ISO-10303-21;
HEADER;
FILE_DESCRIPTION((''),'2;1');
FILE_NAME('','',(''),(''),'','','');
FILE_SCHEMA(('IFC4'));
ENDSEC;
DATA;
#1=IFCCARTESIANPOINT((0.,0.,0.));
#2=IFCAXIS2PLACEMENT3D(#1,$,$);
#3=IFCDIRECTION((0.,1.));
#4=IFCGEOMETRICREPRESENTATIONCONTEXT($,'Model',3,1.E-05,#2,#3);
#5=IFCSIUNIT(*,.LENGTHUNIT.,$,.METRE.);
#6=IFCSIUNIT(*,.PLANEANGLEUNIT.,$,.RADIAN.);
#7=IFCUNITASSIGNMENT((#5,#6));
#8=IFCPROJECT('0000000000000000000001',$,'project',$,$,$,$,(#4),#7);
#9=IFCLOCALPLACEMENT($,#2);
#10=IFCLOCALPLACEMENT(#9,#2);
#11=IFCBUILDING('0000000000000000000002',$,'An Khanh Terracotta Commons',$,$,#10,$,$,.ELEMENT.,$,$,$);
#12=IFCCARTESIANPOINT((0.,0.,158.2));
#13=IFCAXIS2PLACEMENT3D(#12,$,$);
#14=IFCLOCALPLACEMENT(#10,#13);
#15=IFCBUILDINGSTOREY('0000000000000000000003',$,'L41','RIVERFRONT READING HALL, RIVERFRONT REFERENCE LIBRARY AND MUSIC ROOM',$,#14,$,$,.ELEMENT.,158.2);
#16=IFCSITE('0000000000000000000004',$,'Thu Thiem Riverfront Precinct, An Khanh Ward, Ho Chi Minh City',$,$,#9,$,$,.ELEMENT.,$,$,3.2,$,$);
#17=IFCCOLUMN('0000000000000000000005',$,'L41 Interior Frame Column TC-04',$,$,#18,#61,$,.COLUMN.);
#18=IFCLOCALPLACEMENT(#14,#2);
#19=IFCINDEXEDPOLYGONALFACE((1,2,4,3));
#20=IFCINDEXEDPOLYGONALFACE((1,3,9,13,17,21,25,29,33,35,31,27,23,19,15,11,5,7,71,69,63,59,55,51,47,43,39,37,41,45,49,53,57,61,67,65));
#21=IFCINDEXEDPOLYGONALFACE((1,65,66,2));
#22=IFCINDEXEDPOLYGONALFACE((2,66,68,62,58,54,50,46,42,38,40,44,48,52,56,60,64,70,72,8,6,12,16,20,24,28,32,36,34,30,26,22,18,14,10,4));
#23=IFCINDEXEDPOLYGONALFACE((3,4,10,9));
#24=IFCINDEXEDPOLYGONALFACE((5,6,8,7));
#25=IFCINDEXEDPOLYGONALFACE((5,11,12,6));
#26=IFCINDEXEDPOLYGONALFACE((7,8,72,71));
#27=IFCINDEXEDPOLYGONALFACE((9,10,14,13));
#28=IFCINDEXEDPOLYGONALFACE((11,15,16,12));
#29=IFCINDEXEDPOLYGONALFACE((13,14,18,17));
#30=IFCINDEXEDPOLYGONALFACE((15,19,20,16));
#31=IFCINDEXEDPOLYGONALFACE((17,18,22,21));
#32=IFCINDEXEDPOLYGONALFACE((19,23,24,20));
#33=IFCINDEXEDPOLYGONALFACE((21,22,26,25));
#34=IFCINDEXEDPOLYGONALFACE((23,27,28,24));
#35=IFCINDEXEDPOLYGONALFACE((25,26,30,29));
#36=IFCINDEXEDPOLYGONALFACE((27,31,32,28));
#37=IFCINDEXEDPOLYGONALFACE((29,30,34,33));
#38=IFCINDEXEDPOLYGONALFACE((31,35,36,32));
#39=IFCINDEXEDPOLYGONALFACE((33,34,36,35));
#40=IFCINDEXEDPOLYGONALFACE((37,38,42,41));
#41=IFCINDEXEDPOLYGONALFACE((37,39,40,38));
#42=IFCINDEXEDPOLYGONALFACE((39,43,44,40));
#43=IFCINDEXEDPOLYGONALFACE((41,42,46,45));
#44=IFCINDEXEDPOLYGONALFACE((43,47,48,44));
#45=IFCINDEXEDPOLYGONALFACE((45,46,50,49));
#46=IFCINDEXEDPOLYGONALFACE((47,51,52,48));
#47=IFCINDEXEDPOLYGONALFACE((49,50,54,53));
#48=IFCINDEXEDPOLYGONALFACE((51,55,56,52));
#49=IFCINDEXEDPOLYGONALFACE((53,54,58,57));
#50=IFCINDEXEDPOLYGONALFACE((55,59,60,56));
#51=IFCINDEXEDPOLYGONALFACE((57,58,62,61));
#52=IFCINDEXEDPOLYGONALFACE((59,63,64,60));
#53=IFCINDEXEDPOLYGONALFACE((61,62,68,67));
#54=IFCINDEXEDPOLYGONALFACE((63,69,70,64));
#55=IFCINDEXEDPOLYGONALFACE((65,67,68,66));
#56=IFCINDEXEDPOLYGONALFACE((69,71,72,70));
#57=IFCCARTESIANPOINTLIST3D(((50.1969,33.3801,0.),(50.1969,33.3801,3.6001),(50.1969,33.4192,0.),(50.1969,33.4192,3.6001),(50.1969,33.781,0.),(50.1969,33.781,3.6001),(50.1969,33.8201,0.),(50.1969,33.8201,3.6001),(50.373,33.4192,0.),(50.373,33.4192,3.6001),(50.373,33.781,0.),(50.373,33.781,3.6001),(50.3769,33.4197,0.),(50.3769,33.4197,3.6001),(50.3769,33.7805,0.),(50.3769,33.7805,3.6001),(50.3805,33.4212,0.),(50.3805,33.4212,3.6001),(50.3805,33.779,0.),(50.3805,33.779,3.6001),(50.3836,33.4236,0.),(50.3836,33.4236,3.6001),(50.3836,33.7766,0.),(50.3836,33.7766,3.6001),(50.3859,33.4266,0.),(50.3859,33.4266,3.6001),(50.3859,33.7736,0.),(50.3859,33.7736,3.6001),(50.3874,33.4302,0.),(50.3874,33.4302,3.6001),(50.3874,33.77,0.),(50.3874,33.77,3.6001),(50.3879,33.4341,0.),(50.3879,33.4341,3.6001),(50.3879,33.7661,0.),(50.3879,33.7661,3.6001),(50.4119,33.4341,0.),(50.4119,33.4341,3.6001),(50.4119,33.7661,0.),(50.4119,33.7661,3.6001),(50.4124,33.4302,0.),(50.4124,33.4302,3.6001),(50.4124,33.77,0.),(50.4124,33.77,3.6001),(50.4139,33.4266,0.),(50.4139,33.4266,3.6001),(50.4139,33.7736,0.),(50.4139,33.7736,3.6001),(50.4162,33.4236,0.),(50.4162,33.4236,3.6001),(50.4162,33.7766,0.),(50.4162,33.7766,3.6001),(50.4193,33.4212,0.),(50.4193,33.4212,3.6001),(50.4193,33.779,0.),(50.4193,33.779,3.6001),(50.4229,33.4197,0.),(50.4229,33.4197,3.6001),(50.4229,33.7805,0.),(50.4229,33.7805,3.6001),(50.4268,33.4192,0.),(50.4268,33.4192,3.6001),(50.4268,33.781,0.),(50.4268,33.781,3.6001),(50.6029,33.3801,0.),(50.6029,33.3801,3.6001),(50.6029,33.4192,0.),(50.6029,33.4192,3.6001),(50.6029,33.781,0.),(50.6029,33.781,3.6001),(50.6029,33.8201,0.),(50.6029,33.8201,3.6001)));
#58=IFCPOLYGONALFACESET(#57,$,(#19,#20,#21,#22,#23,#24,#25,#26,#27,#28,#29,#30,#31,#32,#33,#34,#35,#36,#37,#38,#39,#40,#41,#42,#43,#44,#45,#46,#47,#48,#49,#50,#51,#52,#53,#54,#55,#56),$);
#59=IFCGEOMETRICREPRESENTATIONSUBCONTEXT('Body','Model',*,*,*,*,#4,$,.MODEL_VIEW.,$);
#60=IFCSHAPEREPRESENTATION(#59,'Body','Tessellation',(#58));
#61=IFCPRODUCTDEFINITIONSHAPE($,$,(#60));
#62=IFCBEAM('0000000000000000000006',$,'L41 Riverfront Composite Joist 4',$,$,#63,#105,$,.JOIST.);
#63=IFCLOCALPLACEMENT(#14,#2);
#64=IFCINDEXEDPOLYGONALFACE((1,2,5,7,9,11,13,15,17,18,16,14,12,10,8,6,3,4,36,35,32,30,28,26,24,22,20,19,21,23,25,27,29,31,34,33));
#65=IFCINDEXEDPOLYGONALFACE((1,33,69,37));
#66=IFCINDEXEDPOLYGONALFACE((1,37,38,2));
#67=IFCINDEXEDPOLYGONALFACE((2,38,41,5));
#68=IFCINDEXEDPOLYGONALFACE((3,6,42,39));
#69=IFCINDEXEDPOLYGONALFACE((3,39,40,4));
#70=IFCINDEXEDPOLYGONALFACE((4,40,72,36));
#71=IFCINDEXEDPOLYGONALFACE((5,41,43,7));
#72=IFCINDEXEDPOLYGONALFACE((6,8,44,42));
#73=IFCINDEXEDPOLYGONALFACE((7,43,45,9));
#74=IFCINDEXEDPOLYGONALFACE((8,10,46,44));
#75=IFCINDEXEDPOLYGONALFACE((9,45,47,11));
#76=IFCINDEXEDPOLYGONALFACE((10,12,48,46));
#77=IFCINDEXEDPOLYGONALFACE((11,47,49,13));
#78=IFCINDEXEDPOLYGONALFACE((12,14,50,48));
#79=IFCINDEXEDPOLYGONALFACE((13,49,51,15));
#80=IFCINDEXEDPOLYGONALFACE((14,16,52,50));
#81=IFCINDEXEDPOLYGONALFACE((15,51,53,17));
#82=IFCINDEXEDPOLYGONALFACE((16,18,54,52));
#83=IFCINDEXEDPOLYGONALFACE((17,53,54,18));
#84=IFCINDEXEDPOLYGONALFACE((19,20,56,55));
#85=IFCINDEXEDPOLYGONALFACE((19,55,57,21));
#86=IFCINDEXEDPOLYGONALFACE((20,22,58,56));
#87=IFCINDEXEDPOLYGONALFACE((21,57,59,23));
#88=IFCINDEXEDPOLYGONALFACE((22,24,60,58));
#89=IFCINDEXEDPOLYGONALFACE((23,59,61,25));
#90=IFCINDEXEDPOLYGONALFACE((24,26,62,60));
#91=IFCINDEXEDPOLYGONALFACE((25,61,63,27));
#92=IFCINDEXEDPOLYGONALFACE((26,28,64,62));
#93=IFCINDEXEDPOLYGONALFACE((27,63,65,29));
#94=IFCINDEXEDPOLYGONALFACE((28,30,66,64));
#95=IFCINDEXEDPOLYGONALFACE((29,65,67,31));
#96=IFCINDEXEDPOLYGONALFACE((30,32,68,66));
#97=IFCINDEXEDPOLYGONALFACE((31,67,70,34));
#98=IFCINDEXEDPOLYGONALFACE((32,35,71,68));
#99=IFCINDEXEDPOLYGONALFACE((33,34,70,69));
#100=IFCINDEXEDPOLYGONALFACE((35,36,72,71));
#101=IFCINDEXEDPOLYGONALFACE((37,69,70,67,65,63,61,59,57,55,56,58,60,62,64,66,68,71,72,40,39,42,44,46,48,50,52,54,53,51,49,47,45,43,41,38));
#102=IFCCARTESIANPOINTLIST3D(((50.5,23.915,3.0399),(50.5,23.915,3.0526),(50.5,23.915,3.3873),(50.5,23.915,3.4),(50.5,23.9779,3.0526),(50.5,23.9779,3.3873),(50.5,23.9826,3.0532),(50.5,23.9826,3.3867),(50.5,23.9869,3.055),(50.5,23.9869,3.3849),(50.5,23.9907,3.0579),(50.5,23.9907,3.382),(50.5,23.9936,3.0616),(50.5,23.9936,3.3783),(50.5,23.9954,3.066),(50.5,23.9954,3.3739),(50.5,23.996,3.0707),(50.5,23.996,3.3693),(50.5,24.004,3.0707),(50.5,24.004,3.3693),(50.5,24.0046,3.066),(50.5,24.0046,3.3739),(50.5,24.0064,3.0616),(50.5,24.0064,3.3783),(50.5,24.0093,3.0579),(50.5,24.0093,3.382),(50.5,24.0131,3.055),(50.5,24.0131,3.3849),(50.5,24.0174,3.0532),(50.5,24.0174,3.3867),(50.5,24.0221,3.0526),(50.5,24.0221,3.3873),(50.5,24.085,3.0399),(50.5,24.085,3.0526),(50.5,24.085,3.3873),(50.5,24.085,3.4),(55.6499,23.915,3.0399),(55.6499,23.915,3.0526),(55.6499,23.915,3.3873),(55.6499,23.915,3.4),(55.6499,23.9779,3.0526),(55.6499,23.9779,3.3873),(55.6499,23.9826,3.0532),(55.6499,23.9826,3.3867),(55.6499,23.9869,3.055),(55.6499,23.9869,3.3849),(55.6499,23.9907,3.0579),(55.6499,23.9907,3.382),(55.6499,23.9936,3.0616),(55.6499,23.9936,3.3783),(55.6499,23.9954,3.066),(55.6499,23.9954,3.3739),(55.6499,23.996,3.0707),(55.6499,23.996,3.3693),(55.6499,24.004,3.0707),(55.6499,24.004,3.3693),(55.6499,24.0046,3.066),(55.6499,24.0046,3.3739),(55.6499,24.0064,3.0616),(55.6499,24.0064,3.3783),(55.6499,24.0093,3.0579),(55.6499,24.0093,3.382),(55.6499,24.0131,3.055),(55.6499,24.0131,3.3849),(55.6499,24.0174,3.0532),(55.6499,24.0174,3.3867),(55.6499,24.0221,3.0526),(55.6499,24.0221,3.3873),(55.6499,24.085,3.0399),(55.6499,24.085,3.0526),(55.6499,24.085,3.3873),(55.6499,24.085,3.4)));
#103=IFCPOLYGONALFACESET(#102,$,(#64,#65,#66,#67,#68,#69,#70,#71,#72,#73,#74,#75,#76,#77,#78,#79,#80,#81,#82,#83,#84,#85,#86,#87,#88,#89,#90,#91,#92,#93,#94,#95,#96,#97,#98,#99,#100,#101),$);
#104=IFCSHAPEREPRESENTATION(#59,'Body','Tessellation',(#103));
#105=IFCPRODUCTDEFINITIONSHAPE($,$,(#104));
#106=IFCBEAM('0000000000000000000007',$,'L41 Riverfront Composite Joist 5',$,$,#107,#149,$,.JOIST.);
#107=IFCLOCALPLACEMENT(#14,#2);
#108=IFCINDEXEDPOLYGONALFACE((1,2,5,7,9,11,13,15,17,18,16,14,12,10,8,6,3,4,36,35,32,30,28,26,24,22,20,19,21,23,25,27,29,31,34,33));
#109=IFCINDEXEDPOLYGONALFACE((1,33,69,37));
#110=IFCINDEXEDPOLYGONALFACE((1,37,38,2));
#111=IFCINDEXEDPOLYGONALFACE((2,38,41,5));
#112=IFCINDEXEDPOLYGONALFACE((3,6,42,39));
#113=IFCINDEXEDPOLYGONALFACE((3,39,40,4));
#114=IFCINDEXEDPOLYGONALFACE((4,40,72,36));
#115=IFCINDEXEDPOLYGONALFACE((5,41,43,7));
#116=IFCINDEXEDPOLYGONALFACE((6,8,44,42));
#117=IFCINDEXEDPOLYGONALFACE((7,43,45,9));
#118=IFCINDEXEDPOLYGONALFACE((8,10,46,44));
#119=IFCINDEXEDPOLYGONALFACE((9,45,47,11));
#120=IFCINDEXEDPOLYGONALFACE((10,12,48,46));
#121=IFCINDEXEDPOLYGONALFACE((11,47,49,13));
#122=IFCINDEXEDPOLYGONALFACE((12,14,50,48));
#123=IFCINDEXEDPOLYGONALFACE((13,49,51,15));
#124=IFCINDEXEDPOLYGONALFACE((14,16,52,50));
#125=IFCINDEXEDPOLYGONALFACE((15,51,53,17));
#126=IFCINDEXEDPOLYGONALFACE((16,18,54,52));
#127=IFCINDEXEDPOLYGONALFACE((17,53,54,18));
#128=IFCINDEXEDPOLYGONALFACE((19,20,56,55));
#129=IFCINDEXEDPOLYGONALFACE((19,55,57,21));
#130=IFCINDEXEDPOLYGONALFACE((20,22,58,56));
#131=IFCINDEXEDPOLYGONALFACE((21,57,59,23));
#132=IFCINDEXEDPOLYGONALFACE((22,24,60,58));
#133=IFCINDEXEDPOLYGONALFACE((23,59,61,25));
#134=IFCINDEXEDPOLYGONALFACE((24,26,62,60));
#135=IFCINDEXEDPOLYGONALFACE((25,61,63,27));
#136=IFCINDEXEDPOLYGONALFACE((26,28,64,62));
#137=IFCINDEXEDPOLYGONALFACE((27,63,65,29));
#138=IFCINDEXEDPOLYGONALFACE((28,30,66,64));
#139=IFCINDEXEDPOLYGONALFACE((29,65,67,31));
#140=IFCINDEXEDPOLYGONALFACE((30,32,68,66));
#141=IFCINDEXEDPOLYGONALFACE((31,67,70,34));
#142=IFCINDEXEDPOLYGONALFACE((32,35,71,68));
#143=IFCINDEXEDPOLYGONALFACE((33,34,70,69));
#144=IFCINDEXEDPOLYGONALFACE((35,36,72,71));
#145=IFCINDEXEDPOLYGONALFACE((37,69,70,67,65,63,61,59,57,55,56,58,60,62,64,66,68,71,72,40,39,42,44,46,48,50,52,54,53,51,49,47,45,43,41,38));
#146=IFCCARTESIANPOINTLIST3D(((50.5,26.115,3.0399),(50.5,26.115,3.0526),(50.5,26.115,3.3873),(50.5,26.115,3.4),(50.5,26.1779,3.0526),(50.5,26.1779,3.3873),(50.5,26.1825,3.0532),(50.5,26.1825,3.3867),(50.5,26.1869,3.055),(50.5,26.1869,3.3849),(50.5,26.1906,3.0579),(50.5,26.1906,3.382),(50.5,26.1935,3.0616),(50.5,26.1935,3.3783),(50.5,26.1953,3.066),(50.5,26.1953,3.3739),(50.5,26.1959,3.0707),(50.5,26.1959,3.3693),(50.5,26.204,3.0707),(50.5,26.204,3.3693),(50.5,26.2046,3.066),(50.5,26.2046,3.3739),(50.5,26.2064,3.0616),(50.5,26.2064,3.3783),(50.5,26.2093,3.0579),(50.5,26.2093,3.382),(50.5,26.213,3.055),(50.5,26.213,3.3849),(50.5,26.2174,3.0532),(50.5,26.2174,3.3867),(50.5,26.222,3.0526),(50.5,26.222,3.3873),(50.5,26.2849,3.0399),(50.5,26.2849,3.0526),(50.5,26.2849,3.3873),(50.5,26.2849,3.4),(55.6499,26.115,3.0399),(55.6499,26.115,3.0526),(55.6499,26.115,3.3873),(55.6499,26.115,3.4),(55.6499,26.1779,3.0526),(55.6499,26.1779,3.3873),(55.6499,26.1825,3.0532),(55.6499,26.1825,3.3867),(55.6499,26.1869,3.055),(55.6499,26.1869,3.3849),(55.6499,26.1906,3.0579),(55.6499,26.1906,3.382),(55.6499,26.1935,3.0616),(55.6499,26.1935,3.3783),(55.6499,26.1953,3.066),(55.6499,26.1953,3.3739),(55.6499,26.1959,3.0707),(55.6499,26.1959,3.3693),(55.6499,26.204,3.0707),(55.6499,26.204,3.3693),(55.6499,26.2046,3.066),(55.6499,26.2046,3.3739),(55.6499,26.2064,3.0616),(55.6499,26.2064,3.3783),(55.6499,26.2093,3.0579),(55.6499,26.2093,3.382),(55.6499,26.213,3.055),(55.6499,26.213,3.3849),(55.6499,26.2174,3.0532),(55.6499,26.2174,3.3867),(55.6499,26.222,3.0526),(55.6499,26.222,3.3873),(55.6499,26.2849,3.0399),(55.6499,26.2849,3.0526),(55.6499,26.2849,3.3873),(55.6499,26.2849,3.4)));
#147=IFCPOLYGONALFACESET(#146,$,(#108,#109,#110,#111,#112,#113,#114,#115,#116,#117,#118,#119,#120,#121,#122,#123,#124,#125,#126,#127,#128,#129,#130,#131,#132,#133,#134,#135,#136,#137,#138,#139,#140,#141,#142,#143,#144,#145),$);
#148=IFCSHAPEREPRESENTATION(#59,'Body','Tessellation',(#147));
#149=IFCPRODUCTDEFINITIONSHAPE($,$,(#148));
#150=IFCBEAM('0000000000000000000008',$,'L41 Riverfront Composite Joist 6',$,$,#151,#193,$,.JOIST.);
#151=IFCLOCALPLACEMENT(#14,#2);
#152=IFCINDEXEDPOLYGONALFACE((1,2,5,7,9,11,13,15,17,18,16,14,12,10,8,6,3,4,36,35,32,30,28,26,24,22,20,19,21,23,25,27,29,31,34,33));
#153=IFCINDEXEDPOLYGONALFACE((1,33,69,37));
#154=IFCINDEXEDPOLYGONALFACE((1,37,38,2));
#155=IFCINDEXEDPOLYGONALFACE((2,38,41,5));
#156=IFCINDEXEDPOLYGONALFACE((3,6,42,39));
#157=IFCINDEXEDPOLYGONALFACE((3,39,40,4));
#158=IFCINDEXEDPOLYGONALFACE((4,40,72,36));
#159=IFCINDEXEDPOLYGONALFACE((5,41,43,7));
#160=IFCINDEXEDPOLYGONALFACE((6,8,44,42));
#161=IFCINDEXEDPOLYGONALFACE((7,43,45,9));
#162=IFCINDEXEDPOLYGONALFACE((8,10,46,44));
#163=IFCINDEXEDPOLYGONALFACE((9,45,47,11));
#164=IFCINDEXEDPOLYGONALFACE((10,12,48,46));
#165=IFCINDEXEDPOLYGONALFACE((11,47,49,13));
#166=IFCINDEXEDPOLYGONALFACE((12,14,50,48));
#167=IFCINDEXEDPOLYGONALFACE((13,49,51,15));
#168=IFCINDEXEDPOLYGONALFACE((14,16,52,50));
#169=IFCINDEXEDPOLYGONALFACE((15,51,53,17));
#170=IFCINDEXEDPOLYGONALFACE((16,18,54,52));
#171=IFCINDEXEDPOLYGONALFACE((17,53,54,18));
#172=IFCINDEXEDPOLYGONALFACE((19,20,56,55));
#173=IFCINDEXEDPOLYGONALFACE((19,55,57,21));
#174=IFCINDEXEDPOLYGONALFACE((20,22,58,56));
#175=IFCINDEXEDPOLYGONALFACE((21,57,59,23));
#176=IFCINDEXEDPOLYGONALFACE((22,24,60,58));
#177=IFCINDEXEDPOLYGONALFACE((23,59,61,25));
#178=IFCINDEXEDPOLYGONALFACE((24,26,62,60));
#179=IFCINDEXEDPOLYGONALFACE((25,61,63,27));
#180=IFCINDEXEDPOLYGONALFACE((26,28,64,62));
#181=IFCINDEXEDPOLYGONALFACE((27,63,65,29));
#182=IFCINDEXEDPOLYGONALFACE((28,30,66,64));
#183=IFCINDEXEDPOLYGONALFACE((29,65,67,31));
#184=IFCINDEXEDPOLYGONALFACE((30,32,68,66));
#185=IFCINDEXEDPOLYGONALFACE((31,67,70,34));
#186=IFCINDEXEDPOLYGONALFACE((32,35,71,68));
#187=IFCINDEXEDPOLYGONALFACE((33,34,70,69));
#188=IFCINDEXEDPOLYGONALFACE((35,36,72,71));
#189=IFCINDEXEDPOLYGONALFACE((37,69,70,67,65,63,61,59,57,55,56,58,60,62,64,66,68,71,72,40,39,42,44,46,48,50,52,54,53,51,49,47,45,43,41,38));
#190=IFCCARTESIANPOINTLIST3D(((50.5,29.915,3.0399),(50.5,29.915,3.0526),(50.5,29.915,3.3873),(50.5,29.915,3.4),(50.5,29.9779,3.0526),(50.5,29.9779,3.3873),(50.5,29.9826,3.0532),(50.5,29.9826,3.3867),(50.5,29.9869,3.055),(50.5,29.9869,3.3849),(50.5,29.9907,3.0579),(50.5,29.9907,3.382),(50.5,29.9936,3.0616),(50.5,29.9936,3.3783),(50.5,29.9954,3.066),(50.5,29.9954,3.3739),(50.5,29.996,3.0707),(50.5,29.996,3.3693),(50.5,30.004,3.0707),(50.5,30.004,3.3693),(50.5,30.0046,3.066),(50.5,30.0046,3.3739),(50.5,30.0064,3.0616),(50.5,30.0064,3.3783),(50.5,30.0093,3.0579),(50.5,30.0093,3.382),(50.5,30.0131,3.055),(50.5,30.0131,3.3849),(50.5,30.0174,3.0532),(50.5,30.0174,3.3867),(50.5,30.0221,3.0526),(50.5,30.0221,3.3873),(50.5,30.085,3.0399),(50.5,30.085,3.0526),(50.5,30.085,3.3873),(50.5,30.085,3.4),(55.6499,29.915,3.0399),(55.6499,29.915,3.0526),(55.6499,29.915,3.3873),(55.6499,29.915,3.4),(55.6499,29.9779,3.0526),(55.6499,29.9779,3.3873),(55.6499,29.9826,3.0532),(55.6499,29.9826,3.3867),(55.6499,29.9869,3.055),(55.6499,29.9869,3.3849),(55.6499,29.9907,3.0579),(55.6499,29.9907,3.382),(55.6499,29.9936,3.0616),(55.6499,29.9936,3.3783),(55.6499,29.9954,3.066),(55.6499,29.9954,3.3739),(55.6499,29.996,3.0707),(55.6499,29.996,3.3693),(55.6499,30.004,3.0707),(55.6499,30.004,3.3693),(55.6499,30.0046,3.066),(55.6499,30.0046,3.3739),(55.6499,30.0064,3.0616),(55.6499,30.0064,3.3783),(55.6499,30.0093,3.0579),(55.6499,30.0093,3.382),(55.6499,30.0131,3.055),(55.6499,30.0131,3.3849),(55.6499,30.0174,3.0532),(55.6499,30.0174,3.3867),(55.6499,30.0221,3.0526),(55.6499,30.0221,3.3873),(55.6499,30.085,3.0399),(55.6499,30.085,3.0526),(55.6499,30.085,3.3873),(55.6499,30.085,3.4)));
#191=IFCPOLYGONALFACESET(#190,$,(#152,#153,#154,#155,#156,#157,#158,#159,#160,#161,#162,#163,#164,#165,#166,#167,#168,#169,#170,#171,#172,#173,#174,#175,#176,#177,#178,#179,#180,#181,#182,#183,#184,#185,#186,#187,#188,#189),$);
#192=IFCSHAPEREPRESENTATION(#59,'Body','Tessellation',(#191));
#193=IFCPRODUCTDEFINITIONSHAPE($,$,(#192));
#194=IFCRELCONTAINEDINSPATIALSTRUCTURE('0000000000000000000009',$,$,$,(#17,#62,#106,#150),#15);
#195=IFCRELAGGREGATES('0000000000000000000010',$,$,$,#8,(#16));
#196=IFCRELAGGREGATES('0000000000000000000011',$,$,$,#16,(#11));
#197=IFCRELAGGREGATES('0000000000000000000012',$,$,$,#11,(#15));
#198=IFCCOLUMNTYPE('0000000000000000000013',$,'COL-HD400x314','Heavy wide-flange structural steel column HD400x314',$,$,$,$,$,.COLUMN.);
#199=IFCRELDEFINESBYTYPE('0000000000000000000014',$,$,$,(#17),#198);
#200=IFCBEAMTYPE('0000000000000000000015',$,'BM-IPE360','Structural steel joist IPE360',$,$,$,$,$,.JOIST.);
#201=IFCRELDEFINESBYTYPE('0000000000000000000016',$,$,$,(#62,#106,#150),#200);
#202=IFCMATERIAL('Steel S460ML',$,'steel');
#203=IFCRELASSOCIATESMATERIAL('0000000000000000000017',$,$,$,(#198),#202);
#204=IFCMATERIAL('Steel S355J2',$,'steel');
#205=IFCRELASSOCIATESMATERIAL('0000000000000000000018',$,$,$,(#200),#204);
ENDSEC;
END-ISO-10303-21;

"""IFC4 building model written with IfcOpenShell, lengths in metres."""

from ifc_helpers import new_model, si_unit, direction, frame, origin, origin_2d, place, context, subcontext, project, spatial, i_section, extrude, material, material_profile, profile_set, type_object, element, save


model = new_model("IFC4")

# Units and contexts
model_context = context("Model", 3, precision=1e-05, world=origin(), true_north=direction((0.0, 1.0)))
body_context = subcontext(model_context, "Body", "Model", "MODEL_VIEW")
ifc_project = project(units=[si_unit("LENGTHUNIT", "METRE"), si_unit("PLANEANGLEUNIT", "RADIAN")], contexts=[model_context])

# Site, building, storey
site_placement = place(None, origin())
site = spatial("IfcSite", under=ifc_project, at=site_placement, Name="Thu Thiem Riverfront Precinct, An Khanh Ward, Ho Chi Minh City", CompositionType="ELEMENT", RefElevation=3.2)
building_placement = place(site_placement, origin())
building = spatial("IfcBuilding", under=site, at=building_placement, Name="An Khanh Terracotta Commons", CompositionType="ELEMENT")
storey_placement = place(building_placement, frame((0.0, 0.0, 158.2)))
storey = spatial("IfcBuildingStorey", under=building, at=storey_placement, Name="L41", Description="RIVERFRONT READING HALL, RIVERFRONT REFERENCE LIBRARY AND MUSIC ROOM", CompositionType="ELEMENT", Elevation=158.2)

# Column
ifc_material_1 = material(Name="Steel S460ML", Category="steel")
ifc_material_profile_1 = material_profile(ifc_material_1, i_section(OverallWidth=0.406, OverallDepth=0.4399, WebThickness=0.0239, FlangeThickness=0.0391, FilletRadius=0.0149, at=origin_2d()), Name="HD400x314")
ifc_profile_set_1 = profile_set([ifc_material_profile_1], Name="Steel S460ML")
column_type = type_object("IfcColumnType", Name="COL-HD400x314", Description="Heavy wide-flange structural steel column HD400x314", PredefinedType="COLUMN", material=ifc_profile_set_1)
column_placement = place(storey_placement, frame((50.3999, 33.6001, 0.0), z_axis=(0.0, 0.0, 1.0), x_axis=(1.0, 0.0, 0.0)))
element("IfcColumn", 1, at=column_placement, inside=storey, type_object=column_type, Name="L41 Interior Frame Column TC-04", PredefinedType="COLUMN", context=body_context, shape_type="SweptSolid", body=[
    extrude(i_section(OverallWidth=0.406, OverallDepth=0.4399, WebThickness=0.0239, FlangeThickness=0.0391, FilletRadius=0.0149, at=origin_2d()), origin(), (0.0, 0.0, 1.0), 3.6001),
])

# Beams
ifc_material_2 = material(Name="Steel S355J2", Category="steel")
ifc_material_profile_2 = material_profile(ifc_material_2, i_section(OverallWidth=0.1699, OverallDepth=0.3601, WebThickness=0.0081, FlangeThickness=0.0127, FilletRadius=0.0181, at=origin_2d()), Name="IPE360")
ifc_profile_set_2 = profile_set([ifc_material_profile_2], Name="Steel S355J2")
beam_type = type_object("IfcBeamType", Name="BM-IPE360", Description="Structural steel joist IPE360", PredefinedType="JOIST", material=ifc_profile_set_2)
for number, where, z_axis, x_axis, name in (
    (2, (50.5, 24.0, 3.22), (1.0, 0.0, 0.0), (0.0, 1.0, 0.0), "L41 Riverfront Composite Joist 4"),
    (3, (50.5, 26.2, 3.22), (1.0, 0.0, 0.0), (0.0, 1.0, 0.0), "L41 Riverfront Composite Joist 5"),
    (4, (50.5, 30.0, 3.22), (1.0, 0.0, 0.0), (0.0, 1.0, 0.0), "L41 Riverfront Composite Joist 6"),
):
    element("IfcBeam", number, at=place(storey_placement, frame(where, z_axis=z_axis, x_axis=x_axis)), inside=storey, type_object=beam_type, Name=name, PredefinedType="JOIST", context=body_context, shape_type="SweptSolid", body=[
        extrude(i_section(OverallWidth=0.1699, OverallDepth=0.3601, WebThickness=0.0081, FlangeThickness=0.0127, FilletRadius=0.0181, at=origin_2d()), origin(), (0.0, 0.0, 1.0), 5.1499),
    ])

save(model, "model.ifc")
